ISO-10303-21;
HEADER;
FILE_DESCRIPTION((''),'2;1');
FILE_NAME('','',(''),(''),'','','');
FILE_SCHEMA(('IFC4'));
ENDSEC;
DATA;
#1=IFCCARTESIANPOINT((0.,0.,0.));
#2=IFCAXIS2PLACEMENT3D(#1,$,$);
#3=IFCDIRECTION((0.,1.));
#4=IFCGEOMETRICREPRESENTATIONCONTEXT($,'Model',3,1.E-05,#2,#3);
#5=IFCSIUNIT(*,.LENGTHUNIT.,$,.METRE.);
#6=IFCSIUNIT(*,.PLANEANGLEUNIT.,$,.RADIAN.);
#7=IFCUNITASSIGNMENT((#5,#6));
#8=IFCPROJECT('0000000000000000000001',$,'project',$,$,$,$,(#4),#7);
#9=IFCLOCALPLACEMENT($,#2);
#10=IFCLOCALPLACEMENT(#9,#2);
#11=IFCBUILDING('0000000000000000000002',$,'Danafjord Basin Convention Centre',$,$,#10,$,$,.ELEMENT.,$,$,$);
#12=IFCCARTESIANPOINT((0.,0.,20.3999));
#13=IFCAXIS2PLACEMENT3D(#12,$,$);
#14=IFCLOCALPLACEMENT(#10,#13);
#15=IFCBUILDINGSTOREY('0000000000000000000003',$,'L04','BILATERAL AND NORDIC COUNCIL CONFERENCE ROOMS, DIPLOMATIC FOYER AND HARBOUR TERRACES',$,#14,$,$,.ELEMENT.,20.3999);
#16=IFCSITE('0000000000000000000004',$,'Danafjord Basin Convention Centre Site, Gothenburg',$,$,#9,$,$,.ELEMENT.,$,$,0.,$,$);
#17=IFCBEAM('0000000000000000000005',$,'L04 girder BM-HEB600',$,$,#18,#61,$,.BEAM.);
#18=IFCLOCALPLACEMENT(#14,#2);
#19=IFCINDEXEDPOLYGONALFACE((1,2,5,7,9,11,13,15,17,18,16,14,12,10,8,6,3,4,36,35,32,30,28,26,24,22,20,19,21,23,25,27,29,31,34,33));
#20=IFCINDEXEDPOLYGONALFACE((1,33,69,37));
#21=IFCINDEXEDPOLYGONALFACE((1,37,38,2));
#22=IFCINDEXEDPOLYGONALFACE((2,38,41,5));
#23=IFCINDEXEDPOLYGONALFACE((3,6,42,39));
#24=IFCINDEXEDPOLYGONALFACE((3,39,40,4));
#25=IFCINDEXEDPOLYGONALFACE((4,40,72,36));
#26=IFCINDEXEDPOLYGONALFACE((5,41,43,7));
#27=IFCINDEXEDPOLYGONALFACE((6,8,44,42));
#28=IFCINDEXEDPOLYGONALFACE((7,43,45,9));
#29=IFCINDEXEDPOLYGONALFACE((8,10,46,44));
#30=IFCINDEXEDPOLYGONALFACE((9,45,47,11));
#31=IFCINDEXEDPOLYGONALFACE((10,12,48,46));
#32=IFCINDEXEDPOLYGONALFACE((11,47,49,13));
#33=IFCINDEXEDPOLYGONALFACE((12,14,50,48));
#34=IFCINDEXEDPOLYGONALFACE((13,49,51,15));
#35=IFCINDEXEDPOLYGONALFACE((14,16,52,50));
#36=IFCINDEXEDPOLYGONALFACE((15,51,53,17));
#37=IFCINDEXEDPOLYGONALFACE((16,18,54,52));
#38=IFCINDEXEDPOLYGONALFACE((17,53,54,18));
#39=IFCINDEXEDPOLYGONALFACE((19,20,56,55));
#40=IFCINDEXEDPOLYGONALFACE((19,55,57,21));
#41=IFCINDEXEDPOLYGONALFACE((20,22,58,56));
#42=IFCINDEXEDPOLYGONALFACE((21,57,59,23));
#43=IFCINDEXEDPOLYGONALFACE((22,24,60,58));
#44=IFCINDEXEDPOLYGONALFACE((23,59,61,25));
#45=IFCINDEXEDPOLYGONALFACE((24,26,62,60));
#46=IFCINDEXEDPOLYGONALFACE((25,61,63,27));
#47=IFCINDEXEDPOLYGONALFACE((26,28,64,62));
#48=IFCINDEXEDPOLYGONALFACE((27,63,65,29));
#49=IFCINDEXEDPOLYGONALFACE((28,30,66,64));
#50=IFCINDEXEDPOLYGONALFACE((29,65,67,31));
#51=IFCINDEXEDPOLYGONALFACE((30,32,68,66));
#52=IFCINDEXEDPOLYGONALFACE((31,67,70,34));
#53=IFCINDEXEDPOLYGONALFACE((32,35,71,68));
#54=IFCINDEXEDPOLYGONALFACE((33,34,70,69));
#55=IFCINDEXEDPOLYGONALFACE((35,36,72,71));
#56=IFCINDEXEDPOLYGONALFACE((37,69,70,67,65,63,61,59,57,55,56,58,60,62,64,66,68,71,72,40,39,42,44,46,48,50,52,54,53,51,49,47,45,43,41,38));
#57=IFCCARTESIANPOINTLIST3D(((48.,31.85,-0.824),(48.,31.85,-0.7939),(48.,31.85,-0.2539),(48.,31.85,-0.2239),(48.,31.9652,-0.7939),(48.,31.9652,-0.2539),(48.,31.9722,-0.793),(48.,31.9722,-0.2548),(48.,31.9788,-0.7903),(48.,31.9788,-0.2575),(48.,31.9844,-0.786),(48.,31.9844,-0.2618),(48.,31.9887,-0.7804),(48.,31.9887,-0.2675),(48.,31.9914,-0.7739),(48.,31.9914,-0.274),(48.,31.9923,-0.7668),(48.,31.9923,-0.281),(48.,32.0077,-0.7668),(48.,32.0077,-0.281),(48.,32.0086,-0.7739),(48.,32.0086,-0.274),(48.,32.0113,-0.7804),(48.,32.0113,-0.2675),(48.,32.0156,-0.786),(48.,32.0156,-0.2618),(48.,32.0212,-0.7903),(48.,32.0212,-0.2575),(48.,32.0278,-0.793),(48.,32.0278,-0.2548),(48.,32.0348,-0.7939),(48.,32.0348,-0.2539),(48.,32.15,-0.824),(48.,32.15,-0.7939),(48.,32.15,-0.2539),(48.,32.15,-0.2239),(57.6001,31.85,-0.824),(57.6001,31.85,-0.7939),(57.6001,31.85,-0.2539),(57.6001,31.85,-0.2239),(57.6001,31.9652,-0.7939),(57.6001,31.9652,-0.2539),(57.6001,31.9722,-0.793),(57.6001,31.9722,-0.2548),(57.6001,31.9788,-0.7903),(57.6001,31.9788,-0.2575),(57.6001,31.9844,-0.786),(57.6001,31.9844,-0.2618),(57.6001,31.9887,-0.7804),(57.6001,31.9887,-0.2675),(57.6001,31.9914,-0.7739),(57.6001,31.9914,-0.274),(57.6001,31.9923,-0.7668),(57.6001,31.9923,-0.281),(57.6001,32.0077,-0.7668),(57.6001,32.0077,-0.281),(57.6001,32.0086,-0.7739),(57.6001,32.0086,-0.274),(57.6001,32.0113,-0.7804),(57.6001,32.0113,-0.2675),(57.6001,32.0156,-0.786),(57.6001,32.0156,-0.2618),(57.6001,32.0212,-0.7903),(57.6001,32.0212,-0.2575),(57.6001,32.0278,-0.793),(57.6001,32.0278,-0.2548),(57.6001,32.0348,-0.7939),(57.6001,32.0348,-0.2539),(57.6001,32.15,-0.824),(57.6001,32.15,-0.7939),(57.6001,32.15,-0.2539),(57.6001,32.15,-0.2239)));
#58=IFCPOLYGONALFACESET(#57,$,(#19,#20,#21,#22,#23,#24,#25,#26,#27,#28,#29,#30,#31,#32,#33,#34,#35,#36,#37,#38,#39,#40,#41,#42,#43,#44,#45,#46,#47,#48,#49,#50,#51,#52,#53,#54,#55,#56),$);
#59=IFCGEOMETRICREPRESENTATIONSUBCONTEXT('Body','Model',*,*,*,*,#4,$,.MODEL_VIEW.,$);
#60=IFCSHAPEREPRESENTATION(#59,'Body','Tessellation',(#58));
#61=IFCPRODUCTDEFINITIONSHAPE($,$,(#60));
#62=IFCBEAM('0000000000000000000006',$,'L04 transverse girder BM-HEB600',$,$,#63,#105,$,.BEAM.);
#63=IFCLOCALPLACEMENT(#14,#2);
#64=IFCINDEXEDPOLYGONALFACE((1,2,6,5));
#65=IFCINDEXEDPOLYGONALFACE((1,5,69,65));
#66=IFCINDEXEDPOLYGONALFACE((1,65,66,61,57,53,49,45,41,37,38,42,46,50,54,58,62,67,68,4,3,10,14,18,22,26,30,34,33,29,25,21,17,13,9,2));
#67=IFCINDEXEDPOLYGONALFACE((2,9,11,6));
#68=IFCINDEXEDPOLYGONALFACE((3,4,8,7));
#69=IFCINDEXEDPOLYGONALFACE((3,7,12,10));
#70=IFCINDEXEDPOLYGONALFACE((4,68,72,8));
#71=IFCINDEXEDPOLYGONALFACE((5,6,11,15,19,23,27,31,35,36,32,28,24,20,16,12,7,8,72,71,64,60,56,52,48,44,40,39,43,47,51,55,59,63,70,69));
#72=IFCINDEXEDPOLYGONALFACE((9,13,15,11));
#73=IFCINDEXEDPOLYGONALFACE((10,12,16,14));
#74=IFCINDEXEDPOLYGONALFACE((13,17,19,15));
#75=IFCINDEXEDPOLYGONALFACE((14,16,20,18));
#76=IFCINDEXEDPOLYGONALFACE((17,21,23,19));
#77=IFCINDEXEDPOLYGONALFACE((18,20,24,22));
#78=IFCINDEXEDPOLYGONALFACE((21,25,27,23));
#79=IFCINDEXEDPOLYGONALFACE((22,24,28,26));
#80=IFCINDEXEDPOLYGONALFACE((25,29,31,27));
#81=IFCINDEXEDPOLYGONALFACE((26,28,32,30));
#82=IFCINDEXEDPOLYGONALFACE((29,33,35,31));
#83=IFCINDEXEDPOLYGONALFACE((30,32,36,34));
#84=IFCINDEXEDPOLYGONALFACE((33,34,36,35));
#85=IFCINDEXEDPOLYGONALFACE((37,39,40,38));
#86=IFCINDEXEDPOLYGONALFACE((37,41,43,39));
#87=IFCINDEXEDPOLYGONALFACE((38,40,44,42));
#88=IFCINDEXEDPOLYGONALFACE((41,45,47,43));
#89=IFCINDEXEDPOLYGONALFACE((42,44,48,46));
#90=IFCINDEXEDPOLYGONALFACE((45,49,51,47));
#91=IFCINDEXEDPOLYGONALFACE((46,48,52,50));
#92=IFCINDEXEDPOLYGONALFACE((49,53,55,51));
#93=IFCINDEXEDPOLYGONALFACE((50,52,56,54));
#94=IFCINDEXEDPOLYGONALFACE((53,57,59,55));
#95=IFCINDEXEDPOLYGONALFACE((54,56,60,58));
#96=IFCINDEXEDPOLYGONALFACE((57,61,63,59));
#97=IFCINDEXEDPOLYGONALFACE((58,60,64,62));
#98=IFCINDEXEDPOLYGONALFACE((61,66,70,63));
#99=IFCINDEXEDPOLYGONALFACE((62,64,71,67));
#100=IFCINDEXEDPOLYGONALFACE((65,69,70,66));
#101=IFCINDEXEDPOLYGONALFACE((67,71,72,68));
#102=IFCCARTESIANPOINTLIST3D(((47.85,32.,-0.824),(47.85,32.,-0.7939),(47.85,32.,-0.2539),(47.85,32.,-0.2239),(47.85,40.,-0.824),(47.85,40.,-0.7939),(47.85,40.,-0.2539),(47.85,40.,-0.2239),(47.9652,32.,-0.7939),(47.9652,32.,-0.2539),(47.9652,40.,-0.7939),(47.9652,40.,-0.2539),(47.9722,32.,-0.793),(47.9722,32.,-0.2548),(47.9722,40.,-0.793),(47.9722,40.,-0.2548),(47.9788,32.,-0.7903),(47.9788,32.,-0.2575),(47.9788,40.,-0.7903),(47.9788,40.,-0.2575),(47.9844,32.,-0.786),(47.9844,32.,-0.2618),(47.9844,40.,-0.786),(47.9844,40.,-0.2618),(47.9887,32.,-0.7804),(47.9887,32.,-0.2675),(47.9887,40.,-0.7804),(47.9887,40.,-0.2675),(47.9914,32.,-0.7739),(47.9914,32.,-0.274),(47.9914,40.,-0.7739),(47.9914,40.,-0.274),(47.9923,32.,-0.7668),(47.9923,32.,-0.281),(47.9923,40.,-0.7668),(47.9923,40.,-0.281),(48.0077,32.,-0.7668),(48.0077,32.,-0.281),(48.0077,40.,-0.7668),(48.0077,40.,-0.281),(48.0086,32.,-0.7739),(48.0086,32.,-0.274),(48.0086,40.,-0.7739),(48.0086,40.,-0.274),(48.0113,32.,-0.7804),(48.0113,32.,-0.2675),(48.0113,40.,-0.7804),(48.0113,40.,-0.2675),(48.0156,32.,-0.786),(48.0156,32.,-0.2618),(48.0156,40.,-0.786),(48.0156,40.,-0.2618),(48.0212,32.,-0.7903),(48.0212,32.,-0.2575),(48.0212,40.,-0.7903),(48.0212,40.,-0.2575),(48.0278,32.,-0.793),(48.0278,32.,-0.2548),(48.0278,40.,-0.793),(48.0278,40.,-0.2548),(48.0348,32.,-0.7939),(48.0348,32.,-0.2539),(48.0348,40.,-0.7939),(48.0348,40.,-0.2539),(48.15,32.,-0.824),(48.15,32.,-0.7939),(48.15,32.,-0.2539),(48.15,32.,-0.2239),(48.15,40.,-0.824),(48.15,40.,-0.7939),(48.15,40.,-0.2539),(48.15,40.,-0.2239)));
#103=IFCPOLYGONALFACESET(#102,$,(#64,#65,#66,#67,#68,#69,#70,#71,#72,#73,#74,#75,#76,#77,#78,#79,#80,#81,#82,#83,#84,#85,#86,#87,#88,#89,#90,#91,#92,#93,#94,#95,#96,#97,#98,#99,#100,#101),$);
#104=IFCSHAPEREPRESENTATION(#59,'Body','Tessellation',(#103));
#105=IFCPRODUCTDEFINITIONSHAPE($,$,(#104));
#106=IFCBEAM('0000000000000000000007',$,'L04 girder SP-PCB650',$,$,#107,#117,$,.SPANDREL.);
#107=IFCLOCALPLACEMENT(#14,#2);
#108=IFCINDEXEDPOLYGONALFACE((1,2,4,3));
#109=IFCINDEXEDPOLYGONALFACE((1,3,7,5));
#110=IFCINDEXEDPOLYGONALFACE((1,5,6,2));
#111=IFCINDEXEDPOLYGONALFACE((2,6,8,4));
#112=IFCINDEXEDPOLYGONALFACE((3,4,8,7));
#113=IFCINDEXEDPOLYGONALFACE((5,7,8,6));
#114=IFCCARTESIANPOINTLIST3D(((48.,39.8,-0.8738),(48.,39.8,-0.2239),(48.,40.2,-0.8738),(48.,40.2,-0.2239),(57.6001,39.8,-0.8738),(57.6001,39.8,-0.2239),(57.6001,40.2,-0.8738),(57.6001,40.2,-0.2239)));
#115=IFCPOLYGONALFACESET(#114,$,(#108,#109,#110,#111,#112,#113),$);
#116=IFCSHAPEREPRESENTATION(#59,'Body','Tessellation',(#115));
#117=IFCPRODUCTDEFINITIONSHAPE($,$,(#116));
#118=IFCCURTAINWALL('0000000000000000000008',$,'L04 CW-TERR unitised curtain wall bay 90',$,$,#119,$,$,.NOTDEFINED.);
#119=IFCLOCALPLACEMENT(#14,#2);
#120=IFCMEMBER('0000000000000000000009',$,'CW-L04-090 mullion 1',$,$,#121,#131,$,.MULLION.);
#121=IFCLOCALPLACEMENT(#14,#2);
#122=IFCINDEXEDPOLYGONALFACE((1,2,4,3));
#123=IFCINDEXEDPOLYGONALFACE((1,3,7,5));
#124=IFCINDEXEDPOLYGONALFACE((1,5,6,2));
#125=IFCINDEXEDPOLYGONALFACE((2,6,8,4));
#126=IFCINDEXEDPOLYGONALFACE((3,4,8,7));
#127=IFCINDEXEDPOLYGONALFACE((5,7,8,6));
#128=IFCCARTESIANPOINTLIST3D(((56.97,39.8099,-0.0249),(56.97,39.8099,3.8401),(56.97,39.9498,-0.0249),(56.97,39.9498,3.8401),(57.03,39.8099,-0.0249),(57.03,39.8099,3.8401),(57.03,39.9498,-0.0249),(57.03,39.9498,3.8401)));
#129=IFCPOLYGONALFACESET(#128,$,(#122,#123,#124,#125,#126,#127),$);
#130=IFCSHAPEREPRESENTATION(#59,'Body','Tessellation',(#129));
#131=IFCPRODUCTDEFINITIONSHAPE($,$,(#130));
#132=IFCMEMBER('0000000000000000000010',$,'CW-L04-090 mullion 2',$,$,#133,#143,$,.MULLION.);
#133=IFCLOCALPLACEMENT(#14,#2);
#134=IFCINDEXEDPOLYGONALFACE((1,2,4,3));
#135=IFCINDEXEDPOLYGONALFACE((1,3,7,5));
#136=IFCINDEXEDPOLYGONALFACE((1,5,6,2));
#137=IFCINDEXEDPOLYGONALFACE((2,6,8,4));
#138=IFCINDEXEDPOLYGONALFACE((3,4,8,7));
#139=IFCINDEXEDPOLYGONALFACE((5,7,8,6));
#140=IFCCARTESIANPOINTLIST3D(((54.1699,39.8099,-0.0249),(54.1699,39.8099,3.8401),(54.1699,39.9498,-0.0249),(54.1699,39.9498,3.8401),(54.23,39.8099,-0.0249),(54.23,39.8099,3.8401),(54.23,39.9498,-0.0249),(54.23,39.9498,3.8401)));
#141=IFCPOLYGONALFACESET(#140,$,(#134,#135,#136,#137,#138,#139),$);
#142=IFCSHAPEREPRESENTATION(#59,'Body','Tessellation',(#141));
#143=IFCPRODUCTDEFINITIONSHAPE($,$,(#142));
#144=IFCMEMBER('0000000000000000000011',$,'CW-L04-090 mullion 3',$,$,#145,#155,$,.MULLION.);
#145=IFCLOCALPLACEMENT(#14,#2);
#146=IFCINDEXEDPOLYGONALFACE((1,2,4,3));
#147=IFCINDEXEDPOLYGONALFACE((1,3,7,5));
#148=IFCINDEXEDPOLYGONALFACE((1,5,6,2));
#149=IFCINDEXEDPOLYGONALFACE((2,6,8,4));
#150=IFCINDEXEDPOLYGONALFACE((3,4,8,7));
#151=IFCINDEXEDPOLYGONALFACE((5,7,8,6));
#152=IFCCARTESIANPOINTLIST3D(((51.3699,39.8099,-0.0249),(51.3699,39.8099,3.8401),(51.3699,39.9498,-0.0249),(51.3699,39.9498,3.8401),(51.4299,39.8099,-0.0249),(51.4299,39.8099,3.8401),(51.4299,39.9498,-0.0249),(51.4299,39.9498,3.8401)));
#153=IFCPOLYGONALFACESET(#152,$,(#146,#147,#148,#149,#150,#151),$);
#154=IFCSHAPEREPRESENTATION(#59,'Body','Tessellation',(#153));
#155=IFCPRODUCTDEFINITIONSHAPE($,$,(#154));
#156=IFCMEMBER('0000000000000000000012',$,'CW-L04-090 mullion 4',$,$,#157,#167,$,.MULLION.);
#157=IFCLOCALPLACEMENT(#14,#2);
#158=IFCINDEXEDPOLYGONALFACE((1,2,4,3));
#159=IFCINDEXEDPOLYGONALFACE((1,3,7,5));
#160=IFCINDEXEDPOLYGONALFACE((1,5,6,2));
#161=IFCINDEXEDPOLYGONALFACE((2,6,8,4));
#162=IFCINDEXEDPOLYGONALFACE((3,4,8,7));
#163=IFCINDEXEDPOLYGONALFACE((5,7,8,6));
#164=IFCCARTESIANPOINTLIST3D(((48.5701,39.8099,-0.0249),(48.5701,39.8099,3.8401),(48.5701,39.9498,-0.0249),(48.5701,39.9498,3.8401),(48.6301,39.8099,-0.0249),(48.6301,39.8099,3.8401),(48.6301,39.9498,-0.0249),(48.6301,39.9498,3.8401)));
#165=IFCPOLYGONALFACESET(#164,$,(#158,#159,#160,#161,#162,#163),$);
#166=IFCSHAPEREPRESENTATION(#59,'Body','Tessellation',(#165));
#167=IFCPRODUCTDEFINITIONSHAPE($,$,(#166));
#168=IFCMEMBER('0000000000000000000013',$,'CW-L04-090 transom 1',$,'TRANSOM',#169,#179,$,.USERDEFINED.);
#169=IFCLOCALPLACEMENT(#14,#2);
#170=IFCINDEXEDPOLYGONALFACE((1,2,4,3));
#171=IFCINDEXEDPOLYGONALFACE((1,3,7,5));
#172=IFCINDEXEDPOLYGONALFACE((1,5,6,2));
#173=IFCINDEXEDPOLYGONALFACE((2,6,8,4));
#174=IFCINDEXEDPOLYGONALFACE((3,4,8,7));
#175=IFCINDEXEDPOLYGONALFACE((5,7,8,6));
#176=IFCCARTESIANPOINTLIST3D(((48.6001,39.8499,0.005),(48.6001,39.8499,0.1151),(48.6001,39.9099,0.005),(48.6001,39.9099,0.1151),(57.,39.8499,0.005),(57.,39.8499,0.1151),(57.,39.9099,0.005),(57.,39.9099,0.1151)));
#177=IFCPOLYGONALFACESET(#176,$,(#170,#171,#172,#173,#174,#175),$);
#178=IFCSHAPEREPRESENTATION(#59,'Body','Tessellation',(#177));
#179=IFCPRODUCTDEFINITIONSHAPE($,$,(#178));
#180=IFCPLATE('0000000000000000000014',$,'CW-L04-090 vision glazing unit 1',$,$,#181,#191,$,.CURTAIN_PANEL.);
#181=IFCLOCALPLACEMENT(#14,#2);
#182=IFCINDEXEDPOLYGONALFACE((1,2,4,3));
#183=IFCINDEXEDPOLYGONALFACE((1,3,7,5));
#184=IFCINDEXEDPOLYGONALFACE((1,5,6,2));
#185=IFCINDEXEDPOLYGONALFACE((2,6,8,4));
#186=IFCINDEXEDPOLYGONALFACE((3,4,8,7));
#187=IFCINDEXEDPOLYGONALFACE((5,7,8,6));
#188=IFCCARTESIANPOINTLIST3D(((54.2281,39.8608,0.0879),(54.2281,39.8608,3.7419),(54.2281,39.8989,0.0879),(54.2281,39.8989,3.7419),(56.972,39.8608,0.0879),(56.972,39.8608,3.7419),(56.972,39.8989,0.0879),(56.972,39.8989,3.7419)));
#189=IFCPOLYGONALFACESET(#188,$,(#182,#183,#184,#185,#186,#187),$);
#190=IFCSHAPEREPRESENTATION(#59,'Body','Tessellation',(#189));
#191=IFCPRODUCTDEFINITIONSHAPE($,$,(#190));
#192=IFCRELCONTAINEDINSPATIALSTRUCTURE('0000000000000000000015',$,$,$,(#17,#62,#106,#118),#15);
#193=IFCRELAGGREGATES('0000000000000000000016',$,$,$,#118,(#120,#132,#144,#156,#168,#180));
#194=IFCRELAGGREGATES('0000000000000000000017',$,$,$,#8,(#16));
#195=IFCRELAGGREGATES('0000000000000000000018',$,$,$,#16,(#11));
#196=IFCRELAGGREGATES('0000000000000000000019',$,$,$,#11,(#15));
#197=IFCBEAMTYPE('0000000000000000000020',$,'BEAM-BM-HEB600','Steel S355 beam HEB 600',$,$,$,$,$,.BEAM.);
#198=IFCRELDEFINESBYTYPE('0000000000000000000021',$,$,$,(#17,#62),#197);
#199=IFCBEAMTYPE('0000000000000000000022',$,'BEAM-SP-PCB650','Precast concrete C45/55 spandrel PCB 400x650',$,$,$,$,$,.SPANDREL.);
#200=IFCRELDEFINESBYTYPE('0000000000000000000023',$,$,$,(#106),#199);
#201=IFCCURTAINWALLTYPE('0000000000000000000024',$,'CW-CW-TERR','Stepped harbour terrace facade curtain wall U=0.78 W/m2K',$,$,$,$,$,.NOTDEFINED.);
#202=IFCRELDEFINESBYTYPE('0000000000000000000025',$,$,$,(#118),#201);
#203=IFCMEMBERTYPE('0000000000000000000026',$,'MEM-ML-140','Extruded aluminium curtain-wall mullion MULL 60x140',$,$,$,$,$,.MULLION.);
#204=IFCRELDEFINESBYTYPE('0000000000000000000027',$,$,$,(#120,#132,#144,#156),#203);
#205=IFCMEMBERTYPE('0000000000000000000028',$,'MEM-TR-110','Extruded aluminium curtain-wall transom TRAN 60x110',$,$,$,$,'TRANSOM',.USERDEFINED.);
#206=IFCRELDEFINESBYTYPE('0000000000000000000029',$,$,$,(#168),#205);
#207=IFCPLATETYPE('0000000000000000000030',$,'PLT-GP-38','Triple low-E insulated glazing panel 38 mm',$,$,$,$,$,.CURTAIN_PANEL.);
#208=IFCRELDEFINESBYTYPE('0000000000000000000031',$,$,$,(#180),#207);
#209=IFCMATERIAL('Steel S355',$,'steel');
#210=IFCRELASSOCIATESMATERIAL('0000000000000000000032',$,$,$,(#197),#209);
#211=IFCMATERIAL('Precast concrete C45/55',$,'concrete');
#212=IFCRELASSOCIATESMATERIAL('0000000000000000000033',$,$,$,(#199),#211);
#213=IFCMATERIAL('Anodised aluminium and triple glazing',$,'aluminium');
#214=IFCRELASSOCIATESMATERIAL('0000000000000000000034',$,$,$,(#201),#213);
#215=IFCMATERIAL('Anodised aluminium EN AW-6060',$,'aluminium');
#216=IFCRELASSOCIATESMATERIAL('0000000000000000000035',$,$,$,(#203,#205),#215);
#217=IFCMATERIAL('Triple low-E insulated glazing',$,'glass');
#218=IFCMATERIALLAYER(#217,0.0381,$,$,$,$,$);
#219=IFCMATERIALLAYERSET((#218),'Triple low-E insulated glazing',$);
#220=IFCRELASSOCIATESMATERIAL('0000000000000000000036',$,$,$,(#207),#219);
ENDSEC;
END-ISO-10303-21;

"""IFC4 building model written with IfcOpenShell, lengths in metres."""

from ifc_helpers import new_model, si_unit, direction, frame, origin, origin_2d, place, context, subcontext, project, spatial, rectangle, i_section, extrude, material, layer, layer_set, material_profile, profile_set, type_object, element, aggregate, save


model = new_model("IFC4")

# Units and contexts
model_context = context("Model", 3, precision=1e-05, world=origin(), true_north=direction((0.0, 1.0)))
body_context = subcontext(model_context, "Body", "Model", "MODEL_VIEW")
ifc_project = project(units=[si_unit("LENGTHUNIT", "METRE"), si_unit("PLANEANGLEUNIT", "RADIAN")], contexts=[model_context])

# Site, building, storey
site_placement = place(None, origin())
site = spatial("IfcSite", under=ifc_project, at=site_placement, Name="Danafjord Basin Convention Centre Site, Gothenburg", CompositionType="ELEMENT", RefElevation=0.0)
building_placement = place(site_placement, origin())
building = spatial("IfcBuilding", under=site, at=building_placement, Name="Danafjord Basin Convention Centre", CompositionType="ELEMENT")
storey_placement = place(building_placement, frame((0.0, 0.0, 20.3999)))
storey = spatial("IfcBuildingStorey", under=building, at=storey_placement, Name="L04", Description="BILATERAL AND NORDIC COUNCIL CONFERENCE ROOMS, DIPLOMATIC FOYER AND HARBOUR TERRACES", CompositionType="ELEMENT", Elevation=20.3999)

# Beams
ifc_material_1 = material(Name="Steel S355", Category="steel")
ifc_material_profile_1 = material_profile(ifc_material_1, i_section(OverallWidth=0.3, OverallDepth=0.6001, WebThickness=0.0154, FlangeThickness=0.03, FilletRadius=0.0271, at=origin_2d()), Name="HEB 600")
ifc_profile_set_1 = profile_set([ifc_material_profile_1], Name="Steel S355")
beam_type_1 = type_object("IfcBeamType", Name="BEAM-BM-HEB600", Description="Steel S355 beam HEB 600", PredefinedType="BEAM", material=ifc_profile_set_1)
beam_1_placement = place(storey_placement, frame((48.0, 32.0, -0.5239), z_axis=(1.0, 0.0, 0.0), x_axis=(0.0, 1.0, 0.0)))
element("IfcBeam", 1, at=beam_1_placement, inside=storey, type_object=beam_type_1, Name="L04 girder BM-HEB600", PredefinedType="BEAM", context=body_context, shape_type="SweptSolid", body=[
    extrude(i_section(OverallWidth=0.3, OverallDepth=0.6001, WebThickness=0.0154, FlangeThickness=0.03, FilletRadius=0.0271, at=origin_2d()), origin(), (0.0, 0.0, 1.0), 9.6001),
])
beam_2_placement = place(storey_placement, frame((48.0, 32.0, -0.5239), z_axis=(0.0, 1.0, 0.0), x_axis=(-1.0, 0.0, 0.0)))
element("IfcBeam", 2, at=beam_2_placement, inside=storey, type_object=beam_type_1, Name="L04 transverse girder BM-HEB600", PredefinedType="BEAM", context=body_context, shape_type="SweptSolid", body=[
    extrude(i_section(OverallWidth=0.3, OverallDepth=0.6001, WebThickness=0.0154, FlangeThickness=0.03, FilletRadius=0.0271, at=origin_2d()), origin(), (0.0, 0.0, 1.0), 8.0),
])
ifc_material_2 = material(Name="Precast concrete C45/55", Category="concrete")
ifc_material_profile_2 = material_profile(ifc_material_2, rectangle(XDim=0.3999, YDim=0.6499, at=origin_2d()), Name="PCB 400x650")
ifc_profile_set_2 = profile_set([ifc_material_profile_2], Name="Precast concrete C45/55")
beam_type_2 = type_object("IfcBeamType", Name="BEAM-SP-PCB650", Description="Precast concrete C45/55 spandrel PCB 400x650", PredefinedType="SPANDREL", material=ifc_profile_set_2)
beam_3_placement = place(storey_placement, frame((48.0, 40.0, -0.5488), z_axis=(1.0, 0.0, 0.0), x_axis=(0.0, 1.0, 0.0)))
element("IfcBeam", 3, at=beam_3_placement, inside=storey, type_object=beam_type_2, Name="L04 girder SP-PCB650", PredefinedType="SPANDREL", context=body_context, shape_type="SweptSolid", body=[
    extrude(rectangle(XDim=0.3999, YDim=0.6499, at=origin_2d()), origin(), (0.0, 0.0, 1.0), 9.6001),
])

# Curtain wall, members, plate
ifc_material_3 = material(Name="Anodised aluminium and triple glazing", Category="aluminium")
curtain_wall_type = type_object("IfcCurtainWallType", Name="CW-CW-TERR", Description="Stepped harbour terrace facade curtain wall U=0.78 W/m2K", PredefinedType="NOTDEFINED", material=ifc_material_3)
curtain_wall_placement = place(storey_placement, origin())
curtain_wall = element("IfcCurtainWall", 4, at=curtain_wall_placement, inside=storey, type_object=curtain_wall_type, Name="L04 CW-TERR unitised curtain wall bay 90", PredefinedType="NOTDEFINED")
ifc_material_4 = material(Name="Anodised aluminium EN AW-6060", Category="aluminium")
ifc_material_profile_3 = material_profile(ifc_material_4, rectangle(XDim=0.0601, YDim=0.1399, at=origin_2d()), Name="MULL 60x140")
ifc_profile_set_3 = profile_set([ifc_material_profile_3], Name="Anodised aluminium EN AW-6060")
member_type_1 = type_object("IfcMemberType", Name="MEM-ML-140", Description="Extruded aluminium curtain-wall mullion MULL 60x140", PredefinedType="MULLION", material=ifc_profile_set_3)
member_1_placement = place(storey_placement, frame((57.0, 39.8799, -0.0249), z_axis=(0.0, 0.0, 1.0), x_axis=(-1.0, 0.0, 0.0)))
member_1 = element("IfcMember", 5, at=member_1_placement, type_object=member_type_1, Name="CW-L04-090 mullion 1", PredefinedType="MULLION", context=body_context, shape_type="SweptSolid", body=[
    extrude(rectangle(XDim=0.0601, YDim=0.1399, at=origin_2d()), origin(), (0.0, 0.0, 1.0), 3.865),
])
member_2_placement = place(storey_placement, frame((54.2, 39.8799, -0.0249), z_axis=(0.0, 0.0, 1.0), x_axis=(-1.0, 0.0, 0.0)))
member_2 = element("IfcMember", 6, at=member_2_placement, type_object=member_type_1, Name="CW-L04-090 mullion 2", PredefinedType="MULLION", context=body_context, shape_type="SweptSolid", body=[
    extrude(rectangle(XDim=0.0601, YDim=0.1399, at=origin_2d()), origin(), (0.0, 0.0, 1.0), 3.865),
])
member_3_placement = place(storey_placement, frame((51.3999, 39.8799, -0.0249), z_axis=(0.0, 0.0, 1.0), x_axis=(-1.0, 0.0, 0.0)))
member_3 = element("IfcMember", 7, at=member_3_placement, type_object=member_type_1, Name="CW-L04-090 mullion 3", PredefinedType="MULLION", context=body_context, shape_type="SweptSolid", body=[
    extrude(rectangle(XDim=0.0601, YDim=0.1399, at=origin_2d()), origin(), (0.0, 0.0, 1.0), 3.865),
])
member_4_placement = place(storey_placement, frame((48.6001, 39.8799, -0.0249), z_axis=(0.0, 0.0, 1.0), x_axis=(-1.0, 0.0, 0.0)))
member_4 = element("IfcMember", 8, at=member_4_placement, type_object=member_type_1, Name="CW-L04-090 mullion 4", PredefinedType="MULLION", context=body_context, shape_type="SweptSolid", body=[
    extrude(rectangle(XDim=0.0601, YDim=0.1399, at=origin_2d()), origin(), (0.0, 0.0, 1.0), 3.865),
])
ifc_material_profile_4 = material_profile(ifc_material_4, rectangle(XDim=0.0601, YDim=0.1101, at=origin_2d()), Name="TRAN 60x110")
ifc_profile_set_4 = profile_set([ifc_material_profile_4], Name="Anodised aluminium EN AW-6060")
member_type_2 = type_object("IfcMemberType", Name="MEM-TR-110", Description="Extruded aluminium curtain-wall transom TRAN 60x110", ElementType="TRANSOM", PredefinedType="USERDEFINED", material=ifc_profile_set_4)
member_5_placement = place(storey_placement, frame((57.0, 39.8799, 0.0601), z_axis=(-1.0, 0.0, 0.0), x_axis=(0.0, -1.0, 0.0)))
member_5 = element("IfcMember", 9, at=member_5_placement, type_object=member_type_2, Name="CW-L04-090 transom 1", ObjectType="TRANSOM", PredefinedType="USERDEFINED", context=body_context, shape_type="SweptSolid", body=[
    extrude(rectangle(XDim=0.0601, YDim=0.1101, at=origin_2d()), origin(), (0.0, 0.0, 1.0), 8.3999),
])
ifc_material_5 = material(Name="Triple low-E insulated glazing", Category="glass")
ifc_layer_1 = layer(ifc_material_5, 0.0381)
ifc_layer_set_1 = layer_set([ifc_layer_1], Name="Triple low-E insulated glazing")
plate_type = type_object("IfcPlateType", Name="PLT-GP-38", Description="Triple low-E insulated glazing panel 38 mm", PredefinedType="CURTAIN_PANEL", material=ifc_layer_set_1)
plate_1_placement = place(storey_placement, frame((55.6001, 39.8799, 0.0879), z_axis=(0.0, 0.0, 1.0), x_axis=(-1.0, 0.0, 0.0)))
plate_1 = element("IfcPlate", 10, at=plate_1_placement, type_object=plate_type, Name="CW-L04-090 vision glazing unit 1", PredefinedType="CURTAIN_PANEL", context=body_context, shape_type="SweptSolid", body=[
    extrude(rectangle(XDim=2.7439, YDim=0.0381, at=origin_2d()), origin(), (0.0, 0.0, 1.0), 3.6541),
])
aggregate(curtain_wall, [member_1, member_2, member_3, member_4, member_5, plate_1])

save(model, "model.ifc")
